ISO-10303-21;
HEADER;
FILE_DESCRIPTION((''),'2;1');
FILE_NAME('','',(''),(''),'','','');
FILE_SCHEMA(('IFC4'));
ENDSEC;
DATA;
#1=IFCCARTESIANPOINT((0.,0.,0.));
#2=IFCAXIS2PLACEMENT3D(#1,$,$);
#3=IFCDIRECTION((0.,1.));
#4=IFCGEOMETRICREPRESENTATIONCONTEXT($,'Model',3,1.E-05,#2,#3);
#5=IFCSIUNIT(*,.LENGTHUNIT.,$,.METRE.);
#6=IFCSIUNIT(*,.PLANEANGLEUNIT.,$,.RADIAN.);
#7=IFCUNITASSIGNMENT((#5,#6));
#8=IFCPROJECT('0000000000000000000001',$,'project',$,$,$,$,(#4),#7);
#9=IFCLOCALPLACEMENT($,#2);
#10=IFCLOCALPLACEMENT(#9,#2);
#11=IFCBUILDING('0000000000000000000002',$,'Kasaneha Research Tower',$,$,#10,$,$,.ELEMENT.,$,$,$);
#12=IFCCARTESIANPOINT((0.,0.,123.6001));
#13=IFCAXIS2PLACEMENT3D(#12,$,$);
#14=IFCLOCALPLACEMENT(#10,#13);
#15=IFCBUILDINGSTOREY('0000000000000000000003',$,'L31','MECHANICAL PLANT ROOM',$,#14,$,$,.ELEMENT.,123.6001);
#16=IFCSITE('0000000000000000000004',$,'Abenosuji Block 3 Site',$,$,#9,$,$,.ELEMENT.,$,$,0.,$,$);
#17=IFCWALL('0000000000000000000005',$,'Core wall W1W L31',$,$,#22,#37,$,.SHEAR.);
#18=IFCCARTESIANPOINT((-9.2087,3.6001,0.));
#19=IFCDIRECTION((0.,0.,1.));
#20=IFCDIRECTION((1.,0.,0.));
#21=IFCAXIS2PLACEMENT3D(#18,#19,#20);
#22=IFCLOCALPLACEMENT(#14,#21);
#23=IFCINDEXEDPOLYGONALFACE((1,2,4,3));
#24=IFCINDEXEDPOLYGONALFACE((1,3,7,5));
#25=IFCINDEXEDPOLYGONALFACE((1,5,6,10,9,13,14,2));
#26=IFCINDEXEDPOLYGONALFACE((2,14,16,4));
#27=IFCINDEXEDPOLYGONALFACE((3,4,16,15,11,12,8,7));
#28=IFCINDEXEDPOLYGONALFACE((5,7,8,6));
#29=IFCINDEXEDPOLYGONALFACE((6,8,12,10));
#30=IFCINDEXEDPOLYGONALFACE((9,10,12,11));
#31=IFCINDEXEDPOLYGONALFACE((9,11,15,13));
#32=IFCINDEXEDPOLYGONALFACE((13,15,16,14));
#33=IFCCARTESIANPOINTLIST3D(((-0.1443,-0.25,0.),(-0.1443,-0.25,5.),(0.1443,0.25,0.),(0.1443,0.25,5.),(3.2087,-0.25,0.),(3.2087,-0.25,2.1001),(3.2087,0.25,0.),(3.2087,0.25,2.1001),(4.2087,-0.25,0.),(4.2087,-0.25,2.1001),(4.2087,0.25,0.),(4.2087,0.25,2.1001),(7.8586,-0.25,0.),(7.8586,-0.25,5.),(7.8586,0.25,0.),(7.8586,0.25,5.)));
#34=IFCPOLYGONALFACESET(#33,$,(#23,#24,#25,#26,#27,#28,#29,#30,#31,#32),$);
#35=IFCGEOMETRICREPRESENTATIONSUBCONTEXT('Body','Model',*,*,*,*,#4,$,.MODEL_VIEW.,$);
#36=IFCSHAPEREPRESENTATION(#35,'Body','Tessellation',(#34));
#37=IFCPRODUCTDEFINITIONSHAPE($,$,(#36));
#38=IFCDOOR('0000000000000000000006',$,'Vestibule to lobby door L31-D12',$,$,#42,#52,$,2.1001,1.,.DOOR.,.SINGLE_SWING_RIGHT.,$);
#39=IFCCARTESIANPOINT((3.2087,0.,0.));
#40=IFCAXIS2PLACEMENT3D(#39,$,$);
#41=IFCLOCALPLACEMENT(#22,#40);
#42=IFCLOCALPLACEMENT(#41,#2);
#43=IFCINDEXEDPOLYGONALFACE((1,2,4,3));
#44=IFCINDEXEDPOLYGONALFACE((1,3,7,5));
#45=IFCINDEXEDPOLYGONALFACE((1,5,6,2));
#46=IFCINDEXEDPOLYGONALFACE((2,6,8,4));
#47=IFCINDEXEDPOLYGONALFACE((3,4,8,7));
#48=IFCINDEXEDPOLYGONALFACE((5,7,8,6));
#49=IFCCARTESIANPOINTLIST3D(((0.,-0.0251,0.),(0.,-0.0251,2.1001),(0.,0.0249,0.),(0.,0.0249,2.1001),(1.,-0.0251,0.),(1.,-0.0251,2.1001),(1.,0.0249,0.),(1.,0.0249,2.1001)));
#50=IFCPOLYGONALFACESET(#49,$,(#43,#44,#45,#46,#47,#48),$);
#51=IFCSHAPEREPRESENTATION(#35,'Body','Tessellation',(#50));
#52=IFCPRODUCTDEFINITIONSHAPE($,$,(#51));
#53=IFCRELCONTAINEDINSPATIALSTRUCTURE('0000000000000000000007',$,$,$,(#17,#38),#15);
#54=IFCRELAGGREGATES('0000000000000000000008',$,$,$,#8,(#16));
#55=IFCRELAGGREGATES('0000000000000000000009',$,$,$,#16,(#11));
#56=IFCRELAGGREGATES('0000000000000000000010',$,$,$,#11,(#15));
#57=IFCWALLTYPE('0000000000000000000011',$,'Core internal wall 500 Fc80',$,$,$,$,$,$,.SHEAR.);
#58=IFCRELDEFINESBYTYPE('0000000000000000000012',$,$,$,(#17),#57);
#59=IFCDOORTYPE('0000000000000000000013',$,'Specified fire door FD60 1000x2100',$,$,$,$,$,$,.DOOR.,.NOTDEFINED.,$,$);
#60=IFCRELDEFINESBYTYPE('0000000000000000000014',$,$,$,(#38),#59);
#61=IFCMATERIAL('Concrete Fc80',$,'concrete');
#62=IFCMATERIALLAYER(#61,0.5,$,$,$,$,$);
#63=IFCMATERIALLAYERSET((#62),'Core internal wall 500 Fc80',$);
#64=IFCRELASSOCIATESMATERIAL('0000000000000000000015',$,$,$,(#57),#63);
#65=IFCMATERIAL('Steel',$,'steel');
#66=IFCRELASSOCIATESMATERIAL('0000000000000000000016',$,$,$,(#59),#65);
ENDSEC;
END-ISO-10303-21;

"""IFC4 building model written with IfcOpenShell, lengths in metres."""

from ifc_helpers import new_model, si_unit, direction, frame, frame_2d, origin, place, context, subcontext, project, spatial, polyline, rectangle, outline, extrude, material, layer, layer_set, type_object, element, fill, save


model = new_model("IFC4")

# Units and contexts
model_context = context("Model", 3, precision=1e-05, world=origin(), true_north=direction((0.0, 1.0)))
body_context = subcontext(model_context, "Body", "Model", "MODEL_VIEW")
ifc_project = project(units=[si_unit("LENGTHUNIT", "METRE"), si_unit("PLANEANGLEUNIT", "RADIAN")], contexts=[model_context])

# Site, building, storey
site_placement = place(None, origin())
site = spatial("IfcSite", under=ifc_project, at=site_placement, Name="Abenosuji Block 3 Site", CompositionType="ELEMENT", RefElevation=0.0)
building_placement = place(site_placement, origin())
building = spatial("IfcBuilding", under=site, at=building_placement, Name="Kasaneha Research Tower", CompositionType="ELEMENT")
storey_placement = place(building_placement, frame((0.0, 0.0, 123.6001)))
storey = spatial("IfcBuildingStorey", under=building, at=storey_placement, Name="L31", Description="MECHANICAL PLANT ROOM", CompositionType="ELEMENT", Elevation=123.6001)

# Wall, opening, door
ifc_material_1 = material(Name="Concrete Fc80", Category="concrete")
ifc_layer_1 = layer(ifc_material_1, 0.5)
ifc_layer_set_1 = layer_set([ifc_layer_1], Name="Core internal wall 500 Fc80")
wall_type_1 = type_object("IfcWallType", Name="Core internal wall 500 Fc80", PredefinedType="SHEAR", material=ifc_layer_set_1)
wall_1_placement = place(storey_placement, frame((-9.2087, 3.6001, 0.0), z_axis=(0.0, 0.0, 1.0), x_axis=(1.0, 0.0, 0.0)))
wall_1 = element("IfcWall", 1, at=wall_1_placement, inside=storey, type_object=wall_type_1, Name="Core wall W1W L31", PredefinedType="SHEAR", context=body_context, shape_type="SweptSolid", body=[
    extrude(outline(polyline([(-0.1443, -0.25), (3.2087, -0.25), (4.2087, -0.25), (7.8586, -0.25), (7.8586, 0.25), (4.2087, 0.25), (3.2087, 0.25), (0.1443, 0.25), (-0.1443, -0.25)])), origin(), (0.0, 0.0, 1.0), 5.0),
])
opening_1_placement = place(wall_1_placement, frame((3.2087, 0.0, 0.0)))
opening_1 = element("IfcOpeningElement", 2, at=opening_1_placement, cuts=wall_1, PredefinedType="OPENING", context=body_context, shape_type="SweptSolid", body=[
    extrude(rectangle(XDim=1.0, YDim=2.1001, at=frame_2d((0.5, 1.05))), frame((0.0, 0.26, 0.0), z_axis=(0.0, -1.0, 0.0), x_axis=(1.0, 0.0, 0.0)), (0.0, 0.0, 1.0), 0.52),
])
ifc_material_2 = material(Name="Steel", Category="steel")
door_type_1 = type_object("IfcDoorType", Name="Specified fire door FD60 1000x2100", OperationType="NOTDEFINED", PredefinedType="DOOR", material=ifc_material_2)
door_1_placement = place(opening_1_placement, origin())
door_1 = element("IfcDoor", 3, at=door_1_placement, inside=storey, type_object=door_type_1, Name="Vestibule to lobby door L31-D12", OperationType="SINGLE_SWING_RIGHT", OverallHeight=2.1001, OverallWidth=1.0, PredefinedType="DOOR", context=body_context, shape_type="SweptSolid", body=[
    extrude(rectangle(XDim=1.0, YDim=2.1001, at=frame_2d((0.5, 1.05))), frame((0.0, 0.0249, 0.0), z_axis=(0.0, -1.0, 0.0), x_axis=(1.0, 0.0, 0.0)), (0.0, 0.0, 1.0), 0.05),
])
fill(opening_1, door_1)

save(model, "model.ifc")
